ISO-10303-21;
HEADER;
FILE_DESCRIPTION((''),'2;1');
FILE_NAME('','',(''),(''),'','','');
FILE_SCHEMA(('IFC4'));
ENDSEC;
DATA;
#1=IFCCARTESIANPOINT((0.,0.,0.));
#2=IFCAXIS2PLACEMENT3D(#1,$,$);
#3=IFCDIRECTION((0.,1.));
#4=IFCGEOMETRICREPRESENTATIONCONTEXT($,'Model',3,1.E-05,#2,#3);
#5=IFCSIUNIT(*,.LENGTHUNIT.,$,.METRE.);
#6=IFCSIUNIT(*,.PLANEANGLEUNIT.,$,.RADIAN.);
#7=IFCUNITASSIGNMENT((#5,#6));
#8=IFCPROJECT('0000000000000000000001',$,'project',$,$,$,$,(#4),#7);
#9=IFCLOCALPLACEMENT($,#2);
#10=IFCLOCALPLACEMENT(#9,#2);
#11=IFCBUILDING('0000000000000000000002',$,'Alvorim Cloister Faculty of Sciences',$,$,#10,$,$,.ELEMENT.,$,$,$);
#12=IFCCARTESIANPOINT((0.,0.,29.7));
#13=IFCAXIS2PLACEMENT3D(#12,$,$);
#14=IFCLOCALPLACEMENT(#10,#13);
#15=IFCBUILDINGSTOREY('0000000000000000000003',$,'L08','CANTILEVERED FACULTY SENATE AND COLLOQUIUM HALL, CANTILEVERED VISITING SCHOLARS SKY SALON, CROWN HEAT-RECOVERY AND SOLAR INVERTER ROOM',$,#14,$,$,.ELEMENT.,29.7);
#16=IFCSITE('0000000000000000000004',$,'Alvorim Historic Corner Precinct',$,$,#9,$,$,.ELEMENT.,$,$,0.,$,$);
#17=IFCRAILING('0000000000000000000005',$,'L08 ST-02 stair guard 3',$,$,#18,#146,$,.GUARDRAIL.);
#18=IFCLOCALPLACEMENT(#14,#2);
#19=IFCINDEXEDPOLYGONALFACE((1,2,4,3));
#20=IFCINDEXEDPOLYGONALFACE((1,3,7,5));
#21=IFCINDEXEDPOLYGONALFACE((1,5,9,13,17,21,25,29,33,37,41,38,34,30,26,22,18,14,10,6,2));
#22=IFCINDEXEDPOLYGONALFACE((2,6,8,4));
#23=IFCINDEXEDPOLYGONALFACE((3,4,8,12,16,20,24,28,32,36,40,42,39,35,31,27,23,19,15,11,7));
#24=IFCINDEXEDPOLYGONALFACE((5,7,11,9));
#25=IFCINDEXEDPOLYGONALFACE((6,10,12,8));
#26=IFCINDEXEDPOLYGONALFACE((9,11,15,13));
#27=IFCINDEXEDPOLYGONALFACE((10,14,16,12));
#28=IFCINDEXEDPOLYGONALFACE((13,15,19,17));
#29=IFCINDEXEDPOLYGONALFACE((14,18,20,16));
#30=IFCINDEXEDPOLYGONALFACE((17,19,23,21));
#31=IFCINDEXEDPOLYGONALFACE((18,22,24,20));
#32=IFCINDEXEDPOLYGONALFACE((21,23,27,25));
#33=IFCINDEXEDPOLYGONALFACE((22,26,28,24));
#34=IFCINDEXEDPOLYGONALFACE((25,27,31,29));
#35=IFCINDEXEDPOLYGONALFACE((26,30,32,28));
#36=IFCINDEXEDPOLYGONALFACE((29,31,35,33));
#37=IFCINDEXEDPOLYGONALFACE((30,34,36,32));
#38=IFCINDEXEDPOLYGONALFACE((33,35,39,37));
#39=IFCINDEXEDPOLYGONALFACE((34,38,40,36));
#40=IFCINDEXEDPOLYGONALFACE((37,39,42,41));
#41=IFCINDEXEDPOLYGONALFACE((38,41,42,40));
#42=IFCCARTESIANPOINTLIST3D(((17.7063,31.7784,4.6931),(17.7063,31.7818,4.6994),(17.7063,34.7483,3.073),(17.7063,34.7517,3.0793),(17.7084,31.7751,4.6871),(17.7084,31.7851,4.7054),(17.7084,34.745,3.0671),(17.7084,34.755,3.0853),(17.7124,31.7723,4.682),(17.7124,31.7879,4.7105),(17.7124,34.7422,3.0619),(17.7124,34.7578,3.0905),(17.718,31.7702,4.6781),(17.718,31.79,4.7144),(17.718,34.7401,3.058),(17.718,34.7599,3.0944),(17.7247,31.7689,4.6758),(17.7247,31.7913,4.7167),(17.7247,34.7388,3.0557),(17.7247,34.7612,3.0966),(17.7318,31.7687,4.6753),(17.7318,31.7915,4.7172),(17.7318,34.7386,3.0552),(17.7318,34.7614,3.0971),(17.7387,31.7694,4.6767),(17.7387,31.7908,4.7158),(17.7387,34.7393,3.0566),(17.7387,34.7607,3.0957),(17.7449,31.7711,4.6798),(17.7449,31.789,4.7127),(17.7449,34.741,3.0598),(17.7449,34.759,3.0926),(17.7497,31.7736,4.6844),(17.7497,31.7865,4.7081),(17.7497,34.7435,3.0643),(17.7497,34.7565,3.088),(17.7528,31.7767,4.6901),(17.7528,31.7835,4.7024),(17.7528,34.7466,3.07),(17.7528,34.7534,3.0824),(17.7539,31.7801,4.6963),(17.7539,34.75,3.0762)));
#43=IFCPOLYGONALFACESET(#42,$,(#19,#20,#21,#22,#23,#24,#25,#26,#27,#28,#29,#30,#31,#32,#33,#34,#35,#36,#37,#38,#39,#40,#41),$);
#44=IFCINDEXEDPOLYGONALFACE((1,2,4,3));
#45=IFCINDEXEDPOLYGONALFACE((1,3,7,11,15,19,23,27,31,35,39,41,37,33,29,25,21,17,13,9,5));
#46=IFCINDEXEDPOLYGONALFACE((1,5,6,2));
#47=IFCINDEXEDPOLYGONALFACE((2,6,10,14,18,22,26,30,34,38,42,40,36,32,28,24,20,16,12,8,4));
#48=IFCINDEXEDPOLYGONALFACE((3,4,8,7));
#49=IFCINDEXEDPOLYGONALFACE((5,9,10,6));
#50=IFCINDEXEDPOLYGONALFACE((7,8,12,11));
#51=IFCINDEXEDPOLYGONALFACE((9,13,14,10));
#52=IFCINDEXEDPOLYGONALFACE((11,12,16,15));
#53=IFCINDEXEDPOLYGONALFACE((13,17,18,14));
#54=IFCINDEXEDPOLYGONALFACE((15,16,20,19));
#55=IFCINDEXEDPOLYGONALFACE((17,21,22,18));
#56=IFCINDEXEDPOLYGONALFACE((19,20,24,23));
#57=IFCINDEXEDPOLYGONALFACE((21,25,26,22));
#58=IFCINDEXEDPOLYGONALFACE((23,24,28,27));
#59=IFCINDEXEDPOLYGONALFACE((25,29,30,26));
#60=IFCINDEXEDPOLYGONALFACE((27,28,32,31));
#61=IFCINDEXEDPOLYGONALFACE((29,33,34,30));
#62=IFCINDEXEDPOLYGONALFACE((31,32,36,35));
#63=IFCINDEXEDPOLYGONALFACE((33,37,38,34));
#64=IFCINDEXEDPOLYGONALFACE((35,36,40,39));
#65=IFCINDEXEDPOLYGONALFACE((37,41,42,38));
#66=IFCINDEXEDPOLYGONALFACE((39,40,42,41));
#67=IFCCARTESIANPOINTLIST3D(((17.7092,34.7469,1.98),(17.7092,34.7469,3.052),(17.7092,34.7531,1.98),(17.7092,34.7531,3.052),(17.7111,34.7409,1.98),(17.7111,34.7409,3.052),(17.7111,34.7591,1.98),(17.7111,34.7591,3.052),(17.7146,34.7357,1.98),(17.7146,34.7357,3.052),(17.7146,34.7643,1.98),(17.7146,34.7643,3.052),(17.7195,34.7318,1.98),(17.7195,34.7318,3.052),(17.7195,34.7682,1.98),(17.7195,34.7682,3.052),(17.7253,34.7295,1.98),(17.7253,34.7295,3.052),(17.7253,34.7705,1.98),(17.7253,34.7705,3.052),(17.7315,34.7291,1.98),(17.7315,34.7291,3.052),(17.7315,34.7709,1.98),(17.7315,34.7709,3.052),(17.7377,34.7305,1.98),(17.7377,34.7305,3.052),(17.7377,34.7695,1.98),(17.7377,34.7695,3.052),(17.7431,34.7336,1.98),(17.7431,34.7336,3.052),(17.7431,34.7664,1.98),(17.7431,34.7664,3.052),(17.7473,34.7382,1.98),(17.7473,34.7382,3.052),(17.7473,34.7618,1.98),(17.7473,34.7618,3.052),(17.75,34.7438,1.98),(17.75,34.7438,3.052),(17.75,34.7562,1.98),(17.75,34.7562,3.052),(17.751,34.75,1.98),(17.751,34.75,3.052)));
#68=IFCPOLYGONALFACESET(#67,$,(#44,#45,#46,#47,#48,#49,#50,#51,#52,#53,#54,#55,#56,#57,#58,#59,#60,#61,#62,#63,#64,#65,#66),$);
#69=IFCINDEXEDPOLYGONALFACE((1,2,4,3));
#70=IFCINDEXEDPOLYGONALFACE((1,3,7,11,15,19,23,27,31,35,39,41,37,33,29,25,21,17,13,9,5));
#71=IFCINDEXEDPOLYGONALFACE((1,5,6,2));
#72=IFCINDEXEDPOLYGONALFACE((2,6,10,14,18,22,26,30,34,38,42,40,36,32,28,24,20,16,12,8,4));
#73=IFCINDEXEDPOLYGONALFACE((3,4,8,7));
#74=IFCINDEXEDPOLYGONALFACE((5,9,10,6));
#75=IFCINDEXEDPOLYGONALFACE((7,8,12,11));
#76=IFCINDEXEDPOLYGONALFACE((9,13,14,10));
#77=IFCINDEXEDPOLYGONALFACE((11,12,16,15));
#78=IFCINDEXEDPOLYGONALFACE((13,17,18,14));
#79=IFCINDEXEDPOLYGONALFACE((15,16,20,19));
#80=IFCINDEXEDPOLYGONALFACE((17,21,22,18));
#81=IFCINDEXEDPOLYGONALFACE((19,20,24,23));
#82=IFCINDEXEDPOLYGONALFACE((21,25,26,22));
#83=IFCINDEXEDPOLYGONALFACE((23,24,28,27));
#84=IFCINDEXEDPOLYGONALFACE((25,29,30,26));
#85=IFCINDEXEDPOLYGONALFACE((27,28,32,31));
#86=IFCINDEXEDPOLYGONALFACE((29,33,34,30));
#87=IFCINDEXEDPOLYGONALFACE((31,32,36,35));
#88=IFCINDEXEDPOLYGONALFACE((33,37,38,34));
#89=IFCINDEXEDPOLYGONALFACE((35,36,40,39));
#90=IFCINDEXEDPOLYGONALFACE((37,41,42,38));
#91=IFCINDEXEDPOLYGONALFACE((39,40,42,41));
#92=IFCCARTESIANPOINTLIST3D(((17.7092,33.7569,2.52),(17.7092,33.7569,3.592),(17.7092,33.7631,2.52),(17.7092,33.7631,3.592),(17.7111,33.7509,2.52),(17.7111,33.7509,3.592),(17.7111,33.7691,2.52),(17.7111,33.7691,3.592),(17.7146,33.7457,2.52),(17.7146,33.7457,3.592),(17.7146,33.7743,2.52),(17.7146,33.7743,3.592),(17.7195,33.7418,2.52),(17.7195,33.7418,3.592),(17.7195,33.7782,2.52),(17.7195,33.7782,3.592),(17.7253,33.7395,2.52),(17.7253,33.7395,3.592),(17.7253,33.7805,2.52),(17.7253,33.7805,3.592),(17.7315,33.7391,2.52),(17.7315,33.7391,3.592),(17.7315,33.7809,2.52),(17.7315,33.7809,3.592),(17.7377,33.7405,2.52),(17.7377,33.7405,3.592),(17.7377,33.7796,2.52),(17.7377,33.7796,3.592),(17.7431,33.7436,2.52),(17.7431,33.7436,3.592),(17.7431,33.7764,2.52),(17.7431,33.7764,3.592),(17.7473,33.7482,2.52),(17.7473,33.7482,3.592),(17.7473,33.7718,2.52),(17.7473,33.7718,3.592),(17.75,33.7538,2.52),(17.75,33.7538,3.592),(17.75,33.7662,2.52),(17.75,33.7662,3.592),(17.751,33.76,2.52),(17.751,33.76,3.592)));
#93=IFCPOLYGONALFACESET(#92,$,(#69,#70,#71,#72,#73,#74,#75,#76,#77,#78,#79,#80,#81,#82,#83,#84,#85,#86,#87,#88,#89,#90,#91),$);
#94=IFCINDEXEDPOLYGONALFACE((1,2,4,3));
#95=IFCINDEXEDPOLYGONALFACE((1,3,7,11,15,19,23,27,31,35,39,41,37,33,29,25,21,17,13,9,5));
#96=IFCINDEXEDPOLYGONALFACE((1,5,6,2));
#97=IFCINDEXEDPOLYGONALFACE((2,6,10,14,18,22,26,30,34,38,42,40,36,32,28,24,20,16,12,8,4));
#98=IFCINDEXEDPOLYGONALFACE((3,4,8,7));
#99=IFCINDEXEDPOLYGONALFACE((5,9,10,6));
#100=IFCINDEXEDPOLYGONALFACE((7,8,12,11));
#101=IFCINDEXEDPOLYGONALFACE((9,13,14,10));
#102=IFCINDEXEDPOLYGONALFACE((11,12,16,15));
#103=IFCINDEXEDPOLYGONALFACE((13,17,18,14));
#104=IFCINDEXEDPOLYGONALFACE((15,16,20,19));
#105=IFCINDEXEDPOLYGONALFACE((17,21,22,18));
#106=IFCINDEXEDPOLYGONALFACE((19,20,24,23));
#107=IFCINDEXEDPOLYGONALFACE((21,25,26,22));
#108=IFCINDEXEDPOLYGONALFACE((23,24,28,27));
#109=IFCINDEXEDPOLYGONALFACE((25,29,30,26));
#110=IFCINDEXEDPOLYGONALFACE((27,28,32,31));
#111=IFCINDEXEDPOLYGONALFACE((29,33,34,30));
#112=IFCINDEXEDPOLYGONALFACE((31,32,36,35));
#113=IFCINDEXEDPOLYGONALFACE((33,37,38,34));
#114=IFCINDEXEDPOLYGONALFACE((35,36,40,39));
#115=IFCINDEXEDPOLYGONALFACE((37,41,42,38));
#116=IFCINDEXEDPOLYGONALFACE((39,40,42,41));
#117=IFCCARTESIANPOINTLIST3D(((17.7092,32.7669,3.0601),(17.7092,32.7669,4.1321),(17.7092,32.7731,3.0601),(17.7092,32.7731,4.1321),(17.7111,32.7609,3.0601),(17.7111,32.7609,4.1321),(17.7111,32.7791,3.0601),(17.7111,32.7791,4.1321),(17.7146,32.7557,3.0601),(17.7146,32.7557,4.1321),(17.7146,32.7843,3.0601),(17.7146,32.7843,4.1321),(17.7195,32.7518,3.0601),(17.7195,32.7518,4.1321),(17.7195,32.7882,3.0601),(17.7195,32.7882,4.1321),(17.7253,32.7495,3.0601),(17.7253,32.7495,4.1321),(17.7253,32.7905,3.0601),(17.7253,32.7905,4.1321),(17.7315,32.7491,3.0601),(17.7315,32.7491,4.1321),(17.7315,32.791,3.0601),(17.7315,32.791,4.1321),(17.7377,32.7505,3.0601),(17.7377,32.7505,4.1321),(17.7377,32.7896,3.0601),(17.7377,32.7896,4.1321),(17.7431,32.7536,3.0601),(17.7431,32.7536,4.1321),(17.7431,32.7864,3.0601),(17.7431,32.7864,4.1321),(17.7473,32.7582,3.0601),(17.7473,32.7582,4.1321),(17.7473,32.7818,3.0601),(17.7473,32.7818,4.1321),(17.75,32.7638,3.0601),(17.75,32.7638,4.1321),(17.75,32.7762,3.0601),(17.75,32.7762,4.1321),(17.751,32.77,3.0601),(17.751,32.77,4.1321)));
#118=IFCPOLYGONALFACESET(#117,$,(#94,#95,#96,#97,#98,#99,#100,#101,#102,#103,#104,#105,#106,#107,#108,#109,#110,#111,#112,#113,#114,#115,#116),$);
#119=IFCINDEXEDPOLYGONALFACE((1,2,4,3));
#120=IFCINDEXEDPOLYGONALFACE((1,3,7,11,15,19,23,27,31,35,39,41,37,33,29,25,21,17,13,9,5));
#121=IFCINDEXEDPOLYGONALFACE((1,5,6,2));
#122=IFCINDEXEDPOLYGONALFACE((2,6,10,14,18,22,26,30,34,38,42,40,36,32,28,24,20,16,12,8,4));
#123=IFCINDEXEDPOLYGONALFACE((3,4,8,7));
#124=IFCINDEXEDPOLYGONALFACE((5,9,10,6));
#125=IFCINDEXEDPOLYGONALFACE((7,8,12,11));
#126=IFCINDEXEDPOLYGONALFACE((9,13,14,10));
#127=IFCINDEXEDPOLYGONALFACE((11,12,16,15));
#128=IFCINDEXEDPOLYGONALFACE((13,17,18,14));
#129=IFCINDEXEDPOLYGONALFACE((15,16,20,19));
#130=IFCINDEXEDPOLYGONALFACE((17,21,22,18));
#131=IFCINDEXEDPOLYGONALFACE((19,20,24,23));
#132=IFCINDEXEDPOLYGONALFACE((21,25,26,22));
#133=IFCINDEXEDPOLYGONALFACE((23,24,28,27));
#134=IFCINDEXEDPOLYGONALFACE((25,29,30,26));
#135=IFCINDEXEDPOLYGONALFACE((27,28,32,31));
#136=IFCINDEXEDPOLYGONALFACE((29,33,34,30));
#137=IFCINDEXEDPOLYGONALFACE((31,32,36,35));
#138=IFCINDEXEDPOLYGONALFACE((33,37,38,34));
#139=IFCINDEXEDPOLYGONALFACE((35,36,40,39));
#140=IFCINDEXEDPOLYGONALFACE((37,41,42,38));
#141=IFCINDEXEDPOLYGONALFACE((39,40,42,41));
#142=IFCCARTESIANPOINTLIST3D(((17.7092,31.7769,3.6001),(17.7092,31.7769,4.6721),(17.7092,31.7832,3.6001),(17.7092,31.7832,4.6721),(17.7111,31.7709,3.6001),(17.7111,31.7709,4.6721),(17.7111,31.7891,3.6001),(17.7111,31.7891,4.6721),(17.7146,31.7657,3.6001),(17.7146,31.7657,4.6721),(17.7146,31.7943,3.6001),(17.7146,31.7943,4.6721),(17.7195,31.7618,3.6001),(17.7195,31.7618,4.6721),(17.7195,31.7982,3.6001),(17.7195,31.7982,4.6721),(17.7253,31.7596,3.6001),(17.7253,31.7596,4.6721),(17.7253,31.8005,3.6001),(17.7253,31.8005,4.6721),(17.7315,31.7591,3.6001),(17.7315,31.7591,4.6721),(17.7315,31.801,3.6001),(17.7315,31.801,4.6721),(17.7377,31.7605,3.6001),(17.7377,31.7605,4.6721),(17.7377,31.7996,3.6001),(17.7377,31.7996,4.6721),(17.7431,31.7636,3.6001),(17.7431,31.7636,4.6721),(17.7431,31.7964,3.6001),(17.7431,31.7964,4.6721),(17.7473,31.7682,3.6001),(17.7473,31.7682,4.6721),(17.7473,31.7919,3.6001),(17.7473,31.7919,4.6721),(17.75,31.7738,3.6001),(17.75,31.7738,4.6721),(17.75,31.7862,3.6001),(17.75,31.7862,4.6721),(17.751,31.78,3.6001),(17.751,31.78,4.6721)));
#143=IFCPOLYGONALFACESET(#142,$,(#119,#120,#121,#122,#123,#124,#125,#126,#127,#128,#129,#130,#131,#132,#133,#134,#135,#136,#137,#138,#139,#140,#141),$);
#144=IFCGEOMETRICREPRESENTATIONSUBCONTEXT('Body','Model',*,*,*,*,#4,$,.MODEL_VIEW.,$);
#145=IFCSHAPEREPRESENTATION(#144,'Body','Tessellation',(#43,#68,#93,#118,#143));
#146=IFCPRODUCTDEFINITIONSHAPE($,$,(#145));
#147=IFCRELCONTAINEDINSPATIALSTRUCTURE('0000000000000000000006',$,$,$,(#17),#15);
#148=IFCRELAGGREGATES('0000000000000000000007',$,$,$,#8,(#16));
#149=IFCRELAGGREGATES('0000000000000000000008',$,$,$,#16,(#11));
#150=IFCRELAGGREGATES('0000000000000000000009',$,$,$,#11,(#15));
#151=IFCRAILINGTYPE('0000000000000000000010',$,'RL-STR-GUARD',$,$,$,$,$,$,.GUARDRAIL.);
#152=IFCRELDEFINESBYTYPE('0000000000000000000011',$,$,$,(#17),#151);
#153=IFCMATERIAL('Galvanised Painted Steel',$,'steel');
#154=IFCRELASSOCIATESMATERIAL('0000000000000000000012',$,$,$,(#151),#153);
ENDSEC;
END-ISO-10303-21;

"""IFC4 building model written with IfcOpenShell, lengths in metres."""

from ifc_helpers import new_model, si_unit, direction, frame, origin, origin_2d, place, context, subcontext, project, spatial, circle, extrude, material, type_object, element, save


model = new_model("IFC4")

# Units and contexts
model_context = context("Model", 3, precision=1e-05, world=origin(), true_north=direction((0.0, 1.0)))
body_context = subcontext(model_context, "Body", "Model", "MODEL_VIEW")
ifc_project = project(units=[si_unit("LENGTHUNIT", "METRE"), si_unit("PLANEANGLEUNIT", "RADIAN")], contexts=[model_context])

# Site, building, storey
site_placement = place(None, origin())
site = spatial("IfcSite", under=ifc_project, at=site_placement, Name="Alvorim Historic Corner Precinct", CompositionType="ELEMENT", RefElevation=0.0)
building_placement = place(site_placement, origin())
building = spatial("IfcBuilding", under=site, at=building_placement, Name="Alvorim Cloister Faculty of Sciences", CompositionType="ELEMENT")
storey_placement = place(building_placement, frame((0.0, 0.0, 29.7)))
storey = spatial("IfcBuildingStorey", under=building, at=storey_placement, Name="L08", Description="CANTILEVERED FACULTY SENATE AND COLLOQUIUM HALL, CANTILEVERED VISITING SCHOLARS SKY SALON, CROWN HEAT-RECOVERY AND SOLAR INVERTER ROOM", CompositionType="ELEMENT", Elevation=29.7)

# Railing
ifc_material_1 = material(Name="Galvanised Painted Steel", Category="steel")
railing_type_1 = type_object("IfcRailingType", Name="RL-STR-GUARD", PredefinedType="GUARDRAIL", material=ifc_material_1)
railing_1_placement = place(storey_placement, frame((17.73, 34.75, 1.98)))
element("IfcRailing", 1, at=railing_1_placement, inside=storey, type_object=railing_type_1, Name="L08 ST-02 stair guard 3", PredefinedType="GUARDRAIL", context=body_context, shape_type="SweptSolid", body=[
    extrude(circle(Radius=0.0239, at=origin_2d()), frame((0.0, 0.0, 1.0962), z_axis=(0.0, -0.877879, 0.478882), x_axis=(1.0, 0.0, 0.0)), (0.0, 0.0, 1.0), 3.3831),
    extrude(circle(Radius=0.021, at=origin_2d()), origin(), (0.0, 0.0, 1.0), 1.072),
    extrude(circle(Radius=0.021, at=origin_2d()), frame((0.0, -0.99, 0.54)), (0.0, 0.0, 1.0), 1.072),
    extrude(circle(Radius=0.021, at=origin_2d()), frame((0.0, -1.98, 1.0801)), (0.0, 0.0, 1.0), 1.072),
    extrude(circle(Radius=0.021, at=origin_2d()), frame((0.0, -2.97, 1.6201)), (0.0, 0.0, 1.0), 1.072),
])

save(model, "model.ifc")
